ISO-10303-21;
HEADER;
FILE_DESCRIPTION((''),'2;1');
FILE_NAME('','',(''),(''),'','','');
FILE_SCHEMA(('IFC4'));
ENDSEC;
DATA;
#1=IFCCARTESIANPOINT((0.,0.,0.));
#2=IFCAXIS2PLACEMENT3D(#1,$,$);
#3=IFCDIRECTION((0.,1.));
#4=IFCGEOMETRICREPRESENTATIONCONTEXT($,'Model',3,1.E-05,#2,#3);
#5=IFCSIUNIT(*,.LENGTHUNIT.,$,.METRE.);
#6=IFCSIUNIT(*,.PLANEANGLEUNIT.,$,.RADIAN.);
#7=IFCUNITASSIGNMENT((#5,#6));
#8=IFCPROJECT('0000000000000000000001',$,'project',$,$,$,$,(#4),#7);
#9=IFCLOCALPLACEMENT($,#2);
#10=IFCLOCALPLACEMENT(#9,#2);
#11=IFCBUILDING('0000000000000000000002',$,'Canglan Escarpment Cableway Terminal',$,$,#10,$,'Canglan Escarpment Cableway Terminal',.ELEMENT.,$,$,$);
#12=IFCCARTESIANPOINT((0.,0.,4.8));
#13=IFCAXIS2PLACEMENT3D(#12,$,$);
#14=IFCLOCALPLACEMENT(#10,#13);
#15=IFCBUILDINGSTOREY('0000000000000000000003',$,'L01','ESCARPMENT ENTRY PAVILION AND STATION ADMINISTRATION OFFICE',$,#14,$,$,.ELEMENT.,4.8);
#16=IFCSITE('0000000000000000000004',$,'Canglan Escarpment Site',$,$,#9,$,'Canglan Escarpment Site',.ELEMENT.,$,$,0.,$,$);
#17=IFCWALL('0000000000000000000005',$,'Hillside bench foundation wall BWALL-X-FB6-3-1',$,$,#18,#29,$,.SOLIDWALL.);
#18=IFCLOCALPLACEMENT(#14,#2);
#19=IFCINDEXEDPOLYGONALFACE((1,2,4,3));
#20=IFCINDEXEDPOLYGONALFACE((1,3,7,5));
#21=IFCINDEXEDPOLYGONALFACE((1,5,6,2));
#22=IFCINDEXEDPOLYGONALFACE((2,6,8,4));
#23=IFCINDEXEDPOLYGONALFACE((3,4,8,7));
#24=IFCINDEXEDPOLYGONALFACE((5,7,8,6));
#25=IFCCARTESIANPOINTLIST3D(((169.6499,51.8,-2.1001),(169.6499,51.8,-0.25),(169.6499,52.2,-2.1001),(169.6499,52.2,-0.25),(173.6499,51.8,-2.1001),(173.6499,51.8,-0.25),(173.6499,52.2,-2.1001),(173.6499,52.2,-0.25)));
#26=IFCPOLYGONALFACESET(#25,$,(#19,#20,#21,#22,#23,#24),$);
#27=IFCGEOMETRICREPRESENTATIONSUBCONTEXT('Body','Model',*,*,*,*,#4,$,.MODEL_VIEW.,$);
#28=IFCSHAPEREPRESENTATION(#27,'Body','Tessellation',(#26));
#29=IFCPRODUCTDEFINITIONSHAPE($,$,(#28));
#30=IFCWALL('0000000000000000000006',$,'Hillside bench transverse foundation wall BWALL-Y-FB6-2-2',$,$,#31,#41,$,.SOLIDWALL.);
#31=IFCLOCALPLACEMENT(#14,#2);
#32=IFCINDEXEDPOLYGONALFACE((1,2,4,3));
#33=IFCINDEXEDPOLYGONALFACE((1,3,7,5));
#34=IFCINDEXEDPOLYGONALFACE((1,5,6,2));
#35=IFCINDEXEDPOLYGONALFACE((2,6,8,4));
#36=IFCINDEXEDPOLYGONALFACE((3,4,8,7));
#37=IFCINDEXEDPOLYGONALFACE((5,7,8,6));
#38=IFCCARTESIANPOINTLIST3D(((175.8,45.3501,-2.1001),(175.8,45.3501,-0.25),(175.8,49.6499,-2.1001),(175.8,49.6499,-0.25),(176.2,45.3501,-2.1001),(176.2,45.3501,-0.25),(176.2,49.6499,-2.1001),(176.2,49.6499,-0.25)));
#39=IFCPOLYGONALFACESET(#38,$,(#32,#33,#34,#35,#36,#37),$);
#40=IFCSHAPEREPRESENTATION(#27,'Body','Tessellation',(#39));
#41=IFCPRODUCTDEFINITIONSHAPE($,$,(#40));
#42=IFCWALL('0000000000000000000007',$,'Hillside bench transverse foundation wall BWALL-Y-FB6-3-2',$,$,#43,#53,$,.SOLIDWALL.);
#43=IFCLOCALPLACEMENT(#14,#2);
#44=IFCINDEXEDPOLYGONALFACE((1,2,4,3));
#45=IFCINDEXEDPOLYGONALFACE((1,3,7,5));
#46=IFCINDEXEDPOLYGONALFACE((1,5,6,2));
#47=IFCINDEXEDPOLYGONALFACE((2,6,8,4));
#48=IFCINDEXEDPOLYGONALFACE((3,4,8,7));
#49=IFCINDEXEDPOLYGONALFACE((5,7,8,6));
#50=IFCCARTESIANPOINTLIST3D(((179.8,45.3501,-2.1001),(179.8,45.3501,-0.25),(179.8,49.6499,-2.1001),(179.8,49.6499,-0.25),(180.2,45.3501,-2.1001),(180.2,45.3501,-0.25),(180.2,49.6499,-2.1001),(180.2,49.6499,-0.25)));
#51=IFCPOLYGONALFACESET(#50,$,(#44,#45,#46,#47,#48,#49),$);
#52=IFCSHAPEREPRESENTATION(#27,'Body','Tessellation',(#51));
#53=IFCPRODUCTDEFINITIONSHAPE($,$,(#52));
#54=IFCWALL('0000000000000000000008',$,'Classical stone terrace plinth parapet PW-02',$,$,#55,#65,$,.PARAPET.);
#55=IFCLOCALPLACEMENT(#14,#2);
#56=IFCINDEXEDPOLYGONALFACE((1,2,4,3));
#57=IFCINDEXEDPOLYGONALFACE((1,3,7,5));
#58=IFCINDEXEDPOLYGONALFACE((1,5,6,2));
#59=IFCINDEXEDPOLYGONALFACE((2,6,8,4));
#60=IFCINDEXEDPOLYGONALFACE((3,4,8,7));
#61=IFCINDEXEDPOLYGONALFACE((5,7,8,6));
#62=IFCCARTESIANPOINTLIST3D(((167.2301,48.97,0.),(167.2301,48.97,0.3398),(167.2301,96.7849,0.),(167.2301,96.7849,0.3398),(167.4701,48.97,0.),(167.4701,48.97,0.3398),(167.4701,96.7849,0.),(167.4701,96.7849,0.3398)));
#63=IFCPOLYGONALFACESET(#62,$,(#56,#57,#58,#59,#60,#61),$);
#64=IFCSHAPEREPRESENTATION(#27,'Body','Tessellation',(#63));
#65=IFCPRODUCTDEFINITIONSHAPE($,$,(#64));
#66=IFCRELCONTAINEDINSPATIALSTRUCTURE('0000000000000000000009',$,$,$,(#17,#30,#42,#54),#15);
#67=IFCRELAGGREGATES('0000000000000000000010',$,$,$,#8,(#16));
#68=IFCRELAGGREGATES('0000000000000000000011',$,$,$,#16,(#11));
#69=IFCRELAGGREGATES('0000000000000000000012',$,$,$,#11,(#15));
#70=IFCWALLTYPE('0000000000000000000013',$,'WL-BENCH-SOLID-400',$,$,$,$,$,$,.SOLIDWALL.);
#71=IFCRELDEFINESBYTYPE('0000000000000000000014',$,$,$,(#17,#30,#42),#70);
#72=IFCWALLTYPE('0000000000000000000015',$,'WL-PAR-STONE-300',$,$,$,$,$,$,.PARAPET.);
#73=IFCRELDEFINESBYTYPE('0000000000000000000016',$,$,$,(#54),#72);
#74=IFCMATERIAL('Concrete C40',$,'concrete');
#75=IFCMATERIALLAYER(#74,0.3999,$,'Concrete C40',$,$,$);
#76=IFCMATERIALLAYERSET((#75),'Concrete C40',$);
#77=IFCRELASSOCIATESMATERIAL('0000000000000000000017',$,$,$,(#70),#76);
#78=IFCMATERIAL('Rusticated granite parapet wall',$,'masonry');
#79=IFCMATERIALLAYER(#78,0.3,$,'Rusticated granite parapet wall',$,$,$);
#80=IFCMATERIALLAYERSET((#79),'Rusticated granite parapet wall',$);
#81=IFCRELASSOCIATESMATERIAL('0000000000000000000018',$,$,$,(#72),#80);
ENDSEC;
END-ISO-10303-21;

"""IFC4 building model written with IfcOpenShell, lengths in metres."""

from ifc_helpers import new_model, si_unit, direction, frame, frame_2d, origin, place, context, subcontext, project, spatial, rectangle, extrude, material, layer, layer_set, type_object, element, save


model = new_model("IFC4")

# Units and contexts
model_context = context("Model", 3, precision=1e-05, world=origin(), true_north=direction((0.0, 1.0)))
body_context = subcontext(model_context, "Body", "Model", "MODEL_VIEW")
ifc_project = project(units=[si_unit("LENGTHUNIT", "METRE"), si_unit("PLANEANGLEUNIT", "RADIAN")], contexts=[model_context])

# Site, building, storey
site_placement = place(None, origin())
site = spatial("IfcSite", under=ifc_project, at=site_placement, Name="Canglan Escarpment Site", LongName="Canglan Escarpment Site", CompositionType="ELEMENT", RefElevation=0.0)
building_placement = place(site_placement, origin())
building = spatial("IfcBuilding", under=site, at=building_placement, Name="Canglan Escarpment Cableway Terminal", LongName="Canglan Escarpment Cableway Terminal", CompositionType="ELEMENT")
storey_placement = place(building_placement, frame((0.0, 0.0, 4.8)))
storey = spatial("IfcBuildingStorey", under=building, at=storey_placement, Name="L01", Description="ESCARPMENT ENTRY PAVILION AND STATION ADMINISTRATION OFFICE", CompositionType="ELEMENT", Elevation=4.8)

# Shared definitions
ifc_material_1 = material(Name="Concrete C40", Category="concrete")

# Walls
ifc_layer_1 = layer(ifc_material_1, 0.3999, Name="Concrete C40")
ifc_layer_set_1 = layer_set([ifc_layer_1], Name="Concrete C40")
wall_type_1 = type_object("IfcWallType", Name="WL-BENCH-SOLID-400", PredefinedType="SOLIDWALL", material=ifc_layer_set_1)
wall_1_placement = place(storey_placement, frame((169.6499, 52.0, -2.1001), z_axis=(0.0, 0.0, 1.0), x_axis=(1.0, 0.0, 0.0)))
element("IfcWall", 1, at=wall_1_placement, inside=storey, type_object=wall_type_1, Name="Hillside bench foundation wall BWALL-X-FB6-3-1", PredefinedType="SOLIDWALL", context=body_context, shape_type="SweptSolid", body=[
    extrude(rectangle(XDim=4.0, YDim=0.3999, at=frame_2d((2.0, 0.0))), origin(), (0.0, 0.0, 1.0), 1.8501),
])
for number, where, z_axis, x_axis, name in (
    (2, (176.0, 45.3501, -2.1001), (0.0, 0.0, 1.0), (0.0, 1.0, 0.0), "Hillside bench transverse foundation wall BWALL-Y-FB6-2-2"),
    (3, (180.0, 45.3501, -2.1001), (0.0, 0.0, 1.0), (0.0, 1.0, 0.0), "Hillside bench transverse foundation wall BWALL-Y-FB6-3-2"),
):
    element("IfcWall", number, at=place(storey_placement, frame(where, z_axis=z_axis, x_axis=x_axis)), inside=storey, type_object=wall_type_1, Name=name, PredefinedType="SOLIDWALL", context=body_context, shape_type="SweptSolid", body=[
        extrude(rectangle(XDim=4.2998, YDim=0.3999, at=frame_2d((2.1499, 0.0))), origin(), (0.0, 0.0, 1.0), 1.8501),
    ])
ifc_material_2 = material(Name="Rusticated granite parapet wall", Category="masonry")
ifc_layer_2 = layer(ifc_material_2, 0.3, Name="Rusticated granite parapet wall")
ifc_layer_set_2 = layer_set([ifc_layer_2], Name="Rusticated granite parapet wall")
wall_type_2 = type_object("IfcWallType", Name="WL-PAR-STONE-300", PredefinedType="PARAPET", material=ifc_layer_set_2)
wall_2_placement = place(storey_placement, frame((167.3501, 48.97, 0.0), z_axis=(0.0, 0.0, 1.0), x_axis=(0.0, 1.0, 0.0)))
element("IfcWall", 4, at=wall_2_placement, inside=storey, type_object=wall_type_2, Name="Classical stone terrace plinth parapet PW-02", PredefinedType="PARAPET", context=body_context, shape_type="SweptSolid", body=[
    extrude(rectangle(XDim=47.8149, YDim=0.24, at=frame_2d((23.9075, 0.0))), origin(), (0.0, 0.0, 1.0), 0.3398),
])

save(model, "model.ifc")
